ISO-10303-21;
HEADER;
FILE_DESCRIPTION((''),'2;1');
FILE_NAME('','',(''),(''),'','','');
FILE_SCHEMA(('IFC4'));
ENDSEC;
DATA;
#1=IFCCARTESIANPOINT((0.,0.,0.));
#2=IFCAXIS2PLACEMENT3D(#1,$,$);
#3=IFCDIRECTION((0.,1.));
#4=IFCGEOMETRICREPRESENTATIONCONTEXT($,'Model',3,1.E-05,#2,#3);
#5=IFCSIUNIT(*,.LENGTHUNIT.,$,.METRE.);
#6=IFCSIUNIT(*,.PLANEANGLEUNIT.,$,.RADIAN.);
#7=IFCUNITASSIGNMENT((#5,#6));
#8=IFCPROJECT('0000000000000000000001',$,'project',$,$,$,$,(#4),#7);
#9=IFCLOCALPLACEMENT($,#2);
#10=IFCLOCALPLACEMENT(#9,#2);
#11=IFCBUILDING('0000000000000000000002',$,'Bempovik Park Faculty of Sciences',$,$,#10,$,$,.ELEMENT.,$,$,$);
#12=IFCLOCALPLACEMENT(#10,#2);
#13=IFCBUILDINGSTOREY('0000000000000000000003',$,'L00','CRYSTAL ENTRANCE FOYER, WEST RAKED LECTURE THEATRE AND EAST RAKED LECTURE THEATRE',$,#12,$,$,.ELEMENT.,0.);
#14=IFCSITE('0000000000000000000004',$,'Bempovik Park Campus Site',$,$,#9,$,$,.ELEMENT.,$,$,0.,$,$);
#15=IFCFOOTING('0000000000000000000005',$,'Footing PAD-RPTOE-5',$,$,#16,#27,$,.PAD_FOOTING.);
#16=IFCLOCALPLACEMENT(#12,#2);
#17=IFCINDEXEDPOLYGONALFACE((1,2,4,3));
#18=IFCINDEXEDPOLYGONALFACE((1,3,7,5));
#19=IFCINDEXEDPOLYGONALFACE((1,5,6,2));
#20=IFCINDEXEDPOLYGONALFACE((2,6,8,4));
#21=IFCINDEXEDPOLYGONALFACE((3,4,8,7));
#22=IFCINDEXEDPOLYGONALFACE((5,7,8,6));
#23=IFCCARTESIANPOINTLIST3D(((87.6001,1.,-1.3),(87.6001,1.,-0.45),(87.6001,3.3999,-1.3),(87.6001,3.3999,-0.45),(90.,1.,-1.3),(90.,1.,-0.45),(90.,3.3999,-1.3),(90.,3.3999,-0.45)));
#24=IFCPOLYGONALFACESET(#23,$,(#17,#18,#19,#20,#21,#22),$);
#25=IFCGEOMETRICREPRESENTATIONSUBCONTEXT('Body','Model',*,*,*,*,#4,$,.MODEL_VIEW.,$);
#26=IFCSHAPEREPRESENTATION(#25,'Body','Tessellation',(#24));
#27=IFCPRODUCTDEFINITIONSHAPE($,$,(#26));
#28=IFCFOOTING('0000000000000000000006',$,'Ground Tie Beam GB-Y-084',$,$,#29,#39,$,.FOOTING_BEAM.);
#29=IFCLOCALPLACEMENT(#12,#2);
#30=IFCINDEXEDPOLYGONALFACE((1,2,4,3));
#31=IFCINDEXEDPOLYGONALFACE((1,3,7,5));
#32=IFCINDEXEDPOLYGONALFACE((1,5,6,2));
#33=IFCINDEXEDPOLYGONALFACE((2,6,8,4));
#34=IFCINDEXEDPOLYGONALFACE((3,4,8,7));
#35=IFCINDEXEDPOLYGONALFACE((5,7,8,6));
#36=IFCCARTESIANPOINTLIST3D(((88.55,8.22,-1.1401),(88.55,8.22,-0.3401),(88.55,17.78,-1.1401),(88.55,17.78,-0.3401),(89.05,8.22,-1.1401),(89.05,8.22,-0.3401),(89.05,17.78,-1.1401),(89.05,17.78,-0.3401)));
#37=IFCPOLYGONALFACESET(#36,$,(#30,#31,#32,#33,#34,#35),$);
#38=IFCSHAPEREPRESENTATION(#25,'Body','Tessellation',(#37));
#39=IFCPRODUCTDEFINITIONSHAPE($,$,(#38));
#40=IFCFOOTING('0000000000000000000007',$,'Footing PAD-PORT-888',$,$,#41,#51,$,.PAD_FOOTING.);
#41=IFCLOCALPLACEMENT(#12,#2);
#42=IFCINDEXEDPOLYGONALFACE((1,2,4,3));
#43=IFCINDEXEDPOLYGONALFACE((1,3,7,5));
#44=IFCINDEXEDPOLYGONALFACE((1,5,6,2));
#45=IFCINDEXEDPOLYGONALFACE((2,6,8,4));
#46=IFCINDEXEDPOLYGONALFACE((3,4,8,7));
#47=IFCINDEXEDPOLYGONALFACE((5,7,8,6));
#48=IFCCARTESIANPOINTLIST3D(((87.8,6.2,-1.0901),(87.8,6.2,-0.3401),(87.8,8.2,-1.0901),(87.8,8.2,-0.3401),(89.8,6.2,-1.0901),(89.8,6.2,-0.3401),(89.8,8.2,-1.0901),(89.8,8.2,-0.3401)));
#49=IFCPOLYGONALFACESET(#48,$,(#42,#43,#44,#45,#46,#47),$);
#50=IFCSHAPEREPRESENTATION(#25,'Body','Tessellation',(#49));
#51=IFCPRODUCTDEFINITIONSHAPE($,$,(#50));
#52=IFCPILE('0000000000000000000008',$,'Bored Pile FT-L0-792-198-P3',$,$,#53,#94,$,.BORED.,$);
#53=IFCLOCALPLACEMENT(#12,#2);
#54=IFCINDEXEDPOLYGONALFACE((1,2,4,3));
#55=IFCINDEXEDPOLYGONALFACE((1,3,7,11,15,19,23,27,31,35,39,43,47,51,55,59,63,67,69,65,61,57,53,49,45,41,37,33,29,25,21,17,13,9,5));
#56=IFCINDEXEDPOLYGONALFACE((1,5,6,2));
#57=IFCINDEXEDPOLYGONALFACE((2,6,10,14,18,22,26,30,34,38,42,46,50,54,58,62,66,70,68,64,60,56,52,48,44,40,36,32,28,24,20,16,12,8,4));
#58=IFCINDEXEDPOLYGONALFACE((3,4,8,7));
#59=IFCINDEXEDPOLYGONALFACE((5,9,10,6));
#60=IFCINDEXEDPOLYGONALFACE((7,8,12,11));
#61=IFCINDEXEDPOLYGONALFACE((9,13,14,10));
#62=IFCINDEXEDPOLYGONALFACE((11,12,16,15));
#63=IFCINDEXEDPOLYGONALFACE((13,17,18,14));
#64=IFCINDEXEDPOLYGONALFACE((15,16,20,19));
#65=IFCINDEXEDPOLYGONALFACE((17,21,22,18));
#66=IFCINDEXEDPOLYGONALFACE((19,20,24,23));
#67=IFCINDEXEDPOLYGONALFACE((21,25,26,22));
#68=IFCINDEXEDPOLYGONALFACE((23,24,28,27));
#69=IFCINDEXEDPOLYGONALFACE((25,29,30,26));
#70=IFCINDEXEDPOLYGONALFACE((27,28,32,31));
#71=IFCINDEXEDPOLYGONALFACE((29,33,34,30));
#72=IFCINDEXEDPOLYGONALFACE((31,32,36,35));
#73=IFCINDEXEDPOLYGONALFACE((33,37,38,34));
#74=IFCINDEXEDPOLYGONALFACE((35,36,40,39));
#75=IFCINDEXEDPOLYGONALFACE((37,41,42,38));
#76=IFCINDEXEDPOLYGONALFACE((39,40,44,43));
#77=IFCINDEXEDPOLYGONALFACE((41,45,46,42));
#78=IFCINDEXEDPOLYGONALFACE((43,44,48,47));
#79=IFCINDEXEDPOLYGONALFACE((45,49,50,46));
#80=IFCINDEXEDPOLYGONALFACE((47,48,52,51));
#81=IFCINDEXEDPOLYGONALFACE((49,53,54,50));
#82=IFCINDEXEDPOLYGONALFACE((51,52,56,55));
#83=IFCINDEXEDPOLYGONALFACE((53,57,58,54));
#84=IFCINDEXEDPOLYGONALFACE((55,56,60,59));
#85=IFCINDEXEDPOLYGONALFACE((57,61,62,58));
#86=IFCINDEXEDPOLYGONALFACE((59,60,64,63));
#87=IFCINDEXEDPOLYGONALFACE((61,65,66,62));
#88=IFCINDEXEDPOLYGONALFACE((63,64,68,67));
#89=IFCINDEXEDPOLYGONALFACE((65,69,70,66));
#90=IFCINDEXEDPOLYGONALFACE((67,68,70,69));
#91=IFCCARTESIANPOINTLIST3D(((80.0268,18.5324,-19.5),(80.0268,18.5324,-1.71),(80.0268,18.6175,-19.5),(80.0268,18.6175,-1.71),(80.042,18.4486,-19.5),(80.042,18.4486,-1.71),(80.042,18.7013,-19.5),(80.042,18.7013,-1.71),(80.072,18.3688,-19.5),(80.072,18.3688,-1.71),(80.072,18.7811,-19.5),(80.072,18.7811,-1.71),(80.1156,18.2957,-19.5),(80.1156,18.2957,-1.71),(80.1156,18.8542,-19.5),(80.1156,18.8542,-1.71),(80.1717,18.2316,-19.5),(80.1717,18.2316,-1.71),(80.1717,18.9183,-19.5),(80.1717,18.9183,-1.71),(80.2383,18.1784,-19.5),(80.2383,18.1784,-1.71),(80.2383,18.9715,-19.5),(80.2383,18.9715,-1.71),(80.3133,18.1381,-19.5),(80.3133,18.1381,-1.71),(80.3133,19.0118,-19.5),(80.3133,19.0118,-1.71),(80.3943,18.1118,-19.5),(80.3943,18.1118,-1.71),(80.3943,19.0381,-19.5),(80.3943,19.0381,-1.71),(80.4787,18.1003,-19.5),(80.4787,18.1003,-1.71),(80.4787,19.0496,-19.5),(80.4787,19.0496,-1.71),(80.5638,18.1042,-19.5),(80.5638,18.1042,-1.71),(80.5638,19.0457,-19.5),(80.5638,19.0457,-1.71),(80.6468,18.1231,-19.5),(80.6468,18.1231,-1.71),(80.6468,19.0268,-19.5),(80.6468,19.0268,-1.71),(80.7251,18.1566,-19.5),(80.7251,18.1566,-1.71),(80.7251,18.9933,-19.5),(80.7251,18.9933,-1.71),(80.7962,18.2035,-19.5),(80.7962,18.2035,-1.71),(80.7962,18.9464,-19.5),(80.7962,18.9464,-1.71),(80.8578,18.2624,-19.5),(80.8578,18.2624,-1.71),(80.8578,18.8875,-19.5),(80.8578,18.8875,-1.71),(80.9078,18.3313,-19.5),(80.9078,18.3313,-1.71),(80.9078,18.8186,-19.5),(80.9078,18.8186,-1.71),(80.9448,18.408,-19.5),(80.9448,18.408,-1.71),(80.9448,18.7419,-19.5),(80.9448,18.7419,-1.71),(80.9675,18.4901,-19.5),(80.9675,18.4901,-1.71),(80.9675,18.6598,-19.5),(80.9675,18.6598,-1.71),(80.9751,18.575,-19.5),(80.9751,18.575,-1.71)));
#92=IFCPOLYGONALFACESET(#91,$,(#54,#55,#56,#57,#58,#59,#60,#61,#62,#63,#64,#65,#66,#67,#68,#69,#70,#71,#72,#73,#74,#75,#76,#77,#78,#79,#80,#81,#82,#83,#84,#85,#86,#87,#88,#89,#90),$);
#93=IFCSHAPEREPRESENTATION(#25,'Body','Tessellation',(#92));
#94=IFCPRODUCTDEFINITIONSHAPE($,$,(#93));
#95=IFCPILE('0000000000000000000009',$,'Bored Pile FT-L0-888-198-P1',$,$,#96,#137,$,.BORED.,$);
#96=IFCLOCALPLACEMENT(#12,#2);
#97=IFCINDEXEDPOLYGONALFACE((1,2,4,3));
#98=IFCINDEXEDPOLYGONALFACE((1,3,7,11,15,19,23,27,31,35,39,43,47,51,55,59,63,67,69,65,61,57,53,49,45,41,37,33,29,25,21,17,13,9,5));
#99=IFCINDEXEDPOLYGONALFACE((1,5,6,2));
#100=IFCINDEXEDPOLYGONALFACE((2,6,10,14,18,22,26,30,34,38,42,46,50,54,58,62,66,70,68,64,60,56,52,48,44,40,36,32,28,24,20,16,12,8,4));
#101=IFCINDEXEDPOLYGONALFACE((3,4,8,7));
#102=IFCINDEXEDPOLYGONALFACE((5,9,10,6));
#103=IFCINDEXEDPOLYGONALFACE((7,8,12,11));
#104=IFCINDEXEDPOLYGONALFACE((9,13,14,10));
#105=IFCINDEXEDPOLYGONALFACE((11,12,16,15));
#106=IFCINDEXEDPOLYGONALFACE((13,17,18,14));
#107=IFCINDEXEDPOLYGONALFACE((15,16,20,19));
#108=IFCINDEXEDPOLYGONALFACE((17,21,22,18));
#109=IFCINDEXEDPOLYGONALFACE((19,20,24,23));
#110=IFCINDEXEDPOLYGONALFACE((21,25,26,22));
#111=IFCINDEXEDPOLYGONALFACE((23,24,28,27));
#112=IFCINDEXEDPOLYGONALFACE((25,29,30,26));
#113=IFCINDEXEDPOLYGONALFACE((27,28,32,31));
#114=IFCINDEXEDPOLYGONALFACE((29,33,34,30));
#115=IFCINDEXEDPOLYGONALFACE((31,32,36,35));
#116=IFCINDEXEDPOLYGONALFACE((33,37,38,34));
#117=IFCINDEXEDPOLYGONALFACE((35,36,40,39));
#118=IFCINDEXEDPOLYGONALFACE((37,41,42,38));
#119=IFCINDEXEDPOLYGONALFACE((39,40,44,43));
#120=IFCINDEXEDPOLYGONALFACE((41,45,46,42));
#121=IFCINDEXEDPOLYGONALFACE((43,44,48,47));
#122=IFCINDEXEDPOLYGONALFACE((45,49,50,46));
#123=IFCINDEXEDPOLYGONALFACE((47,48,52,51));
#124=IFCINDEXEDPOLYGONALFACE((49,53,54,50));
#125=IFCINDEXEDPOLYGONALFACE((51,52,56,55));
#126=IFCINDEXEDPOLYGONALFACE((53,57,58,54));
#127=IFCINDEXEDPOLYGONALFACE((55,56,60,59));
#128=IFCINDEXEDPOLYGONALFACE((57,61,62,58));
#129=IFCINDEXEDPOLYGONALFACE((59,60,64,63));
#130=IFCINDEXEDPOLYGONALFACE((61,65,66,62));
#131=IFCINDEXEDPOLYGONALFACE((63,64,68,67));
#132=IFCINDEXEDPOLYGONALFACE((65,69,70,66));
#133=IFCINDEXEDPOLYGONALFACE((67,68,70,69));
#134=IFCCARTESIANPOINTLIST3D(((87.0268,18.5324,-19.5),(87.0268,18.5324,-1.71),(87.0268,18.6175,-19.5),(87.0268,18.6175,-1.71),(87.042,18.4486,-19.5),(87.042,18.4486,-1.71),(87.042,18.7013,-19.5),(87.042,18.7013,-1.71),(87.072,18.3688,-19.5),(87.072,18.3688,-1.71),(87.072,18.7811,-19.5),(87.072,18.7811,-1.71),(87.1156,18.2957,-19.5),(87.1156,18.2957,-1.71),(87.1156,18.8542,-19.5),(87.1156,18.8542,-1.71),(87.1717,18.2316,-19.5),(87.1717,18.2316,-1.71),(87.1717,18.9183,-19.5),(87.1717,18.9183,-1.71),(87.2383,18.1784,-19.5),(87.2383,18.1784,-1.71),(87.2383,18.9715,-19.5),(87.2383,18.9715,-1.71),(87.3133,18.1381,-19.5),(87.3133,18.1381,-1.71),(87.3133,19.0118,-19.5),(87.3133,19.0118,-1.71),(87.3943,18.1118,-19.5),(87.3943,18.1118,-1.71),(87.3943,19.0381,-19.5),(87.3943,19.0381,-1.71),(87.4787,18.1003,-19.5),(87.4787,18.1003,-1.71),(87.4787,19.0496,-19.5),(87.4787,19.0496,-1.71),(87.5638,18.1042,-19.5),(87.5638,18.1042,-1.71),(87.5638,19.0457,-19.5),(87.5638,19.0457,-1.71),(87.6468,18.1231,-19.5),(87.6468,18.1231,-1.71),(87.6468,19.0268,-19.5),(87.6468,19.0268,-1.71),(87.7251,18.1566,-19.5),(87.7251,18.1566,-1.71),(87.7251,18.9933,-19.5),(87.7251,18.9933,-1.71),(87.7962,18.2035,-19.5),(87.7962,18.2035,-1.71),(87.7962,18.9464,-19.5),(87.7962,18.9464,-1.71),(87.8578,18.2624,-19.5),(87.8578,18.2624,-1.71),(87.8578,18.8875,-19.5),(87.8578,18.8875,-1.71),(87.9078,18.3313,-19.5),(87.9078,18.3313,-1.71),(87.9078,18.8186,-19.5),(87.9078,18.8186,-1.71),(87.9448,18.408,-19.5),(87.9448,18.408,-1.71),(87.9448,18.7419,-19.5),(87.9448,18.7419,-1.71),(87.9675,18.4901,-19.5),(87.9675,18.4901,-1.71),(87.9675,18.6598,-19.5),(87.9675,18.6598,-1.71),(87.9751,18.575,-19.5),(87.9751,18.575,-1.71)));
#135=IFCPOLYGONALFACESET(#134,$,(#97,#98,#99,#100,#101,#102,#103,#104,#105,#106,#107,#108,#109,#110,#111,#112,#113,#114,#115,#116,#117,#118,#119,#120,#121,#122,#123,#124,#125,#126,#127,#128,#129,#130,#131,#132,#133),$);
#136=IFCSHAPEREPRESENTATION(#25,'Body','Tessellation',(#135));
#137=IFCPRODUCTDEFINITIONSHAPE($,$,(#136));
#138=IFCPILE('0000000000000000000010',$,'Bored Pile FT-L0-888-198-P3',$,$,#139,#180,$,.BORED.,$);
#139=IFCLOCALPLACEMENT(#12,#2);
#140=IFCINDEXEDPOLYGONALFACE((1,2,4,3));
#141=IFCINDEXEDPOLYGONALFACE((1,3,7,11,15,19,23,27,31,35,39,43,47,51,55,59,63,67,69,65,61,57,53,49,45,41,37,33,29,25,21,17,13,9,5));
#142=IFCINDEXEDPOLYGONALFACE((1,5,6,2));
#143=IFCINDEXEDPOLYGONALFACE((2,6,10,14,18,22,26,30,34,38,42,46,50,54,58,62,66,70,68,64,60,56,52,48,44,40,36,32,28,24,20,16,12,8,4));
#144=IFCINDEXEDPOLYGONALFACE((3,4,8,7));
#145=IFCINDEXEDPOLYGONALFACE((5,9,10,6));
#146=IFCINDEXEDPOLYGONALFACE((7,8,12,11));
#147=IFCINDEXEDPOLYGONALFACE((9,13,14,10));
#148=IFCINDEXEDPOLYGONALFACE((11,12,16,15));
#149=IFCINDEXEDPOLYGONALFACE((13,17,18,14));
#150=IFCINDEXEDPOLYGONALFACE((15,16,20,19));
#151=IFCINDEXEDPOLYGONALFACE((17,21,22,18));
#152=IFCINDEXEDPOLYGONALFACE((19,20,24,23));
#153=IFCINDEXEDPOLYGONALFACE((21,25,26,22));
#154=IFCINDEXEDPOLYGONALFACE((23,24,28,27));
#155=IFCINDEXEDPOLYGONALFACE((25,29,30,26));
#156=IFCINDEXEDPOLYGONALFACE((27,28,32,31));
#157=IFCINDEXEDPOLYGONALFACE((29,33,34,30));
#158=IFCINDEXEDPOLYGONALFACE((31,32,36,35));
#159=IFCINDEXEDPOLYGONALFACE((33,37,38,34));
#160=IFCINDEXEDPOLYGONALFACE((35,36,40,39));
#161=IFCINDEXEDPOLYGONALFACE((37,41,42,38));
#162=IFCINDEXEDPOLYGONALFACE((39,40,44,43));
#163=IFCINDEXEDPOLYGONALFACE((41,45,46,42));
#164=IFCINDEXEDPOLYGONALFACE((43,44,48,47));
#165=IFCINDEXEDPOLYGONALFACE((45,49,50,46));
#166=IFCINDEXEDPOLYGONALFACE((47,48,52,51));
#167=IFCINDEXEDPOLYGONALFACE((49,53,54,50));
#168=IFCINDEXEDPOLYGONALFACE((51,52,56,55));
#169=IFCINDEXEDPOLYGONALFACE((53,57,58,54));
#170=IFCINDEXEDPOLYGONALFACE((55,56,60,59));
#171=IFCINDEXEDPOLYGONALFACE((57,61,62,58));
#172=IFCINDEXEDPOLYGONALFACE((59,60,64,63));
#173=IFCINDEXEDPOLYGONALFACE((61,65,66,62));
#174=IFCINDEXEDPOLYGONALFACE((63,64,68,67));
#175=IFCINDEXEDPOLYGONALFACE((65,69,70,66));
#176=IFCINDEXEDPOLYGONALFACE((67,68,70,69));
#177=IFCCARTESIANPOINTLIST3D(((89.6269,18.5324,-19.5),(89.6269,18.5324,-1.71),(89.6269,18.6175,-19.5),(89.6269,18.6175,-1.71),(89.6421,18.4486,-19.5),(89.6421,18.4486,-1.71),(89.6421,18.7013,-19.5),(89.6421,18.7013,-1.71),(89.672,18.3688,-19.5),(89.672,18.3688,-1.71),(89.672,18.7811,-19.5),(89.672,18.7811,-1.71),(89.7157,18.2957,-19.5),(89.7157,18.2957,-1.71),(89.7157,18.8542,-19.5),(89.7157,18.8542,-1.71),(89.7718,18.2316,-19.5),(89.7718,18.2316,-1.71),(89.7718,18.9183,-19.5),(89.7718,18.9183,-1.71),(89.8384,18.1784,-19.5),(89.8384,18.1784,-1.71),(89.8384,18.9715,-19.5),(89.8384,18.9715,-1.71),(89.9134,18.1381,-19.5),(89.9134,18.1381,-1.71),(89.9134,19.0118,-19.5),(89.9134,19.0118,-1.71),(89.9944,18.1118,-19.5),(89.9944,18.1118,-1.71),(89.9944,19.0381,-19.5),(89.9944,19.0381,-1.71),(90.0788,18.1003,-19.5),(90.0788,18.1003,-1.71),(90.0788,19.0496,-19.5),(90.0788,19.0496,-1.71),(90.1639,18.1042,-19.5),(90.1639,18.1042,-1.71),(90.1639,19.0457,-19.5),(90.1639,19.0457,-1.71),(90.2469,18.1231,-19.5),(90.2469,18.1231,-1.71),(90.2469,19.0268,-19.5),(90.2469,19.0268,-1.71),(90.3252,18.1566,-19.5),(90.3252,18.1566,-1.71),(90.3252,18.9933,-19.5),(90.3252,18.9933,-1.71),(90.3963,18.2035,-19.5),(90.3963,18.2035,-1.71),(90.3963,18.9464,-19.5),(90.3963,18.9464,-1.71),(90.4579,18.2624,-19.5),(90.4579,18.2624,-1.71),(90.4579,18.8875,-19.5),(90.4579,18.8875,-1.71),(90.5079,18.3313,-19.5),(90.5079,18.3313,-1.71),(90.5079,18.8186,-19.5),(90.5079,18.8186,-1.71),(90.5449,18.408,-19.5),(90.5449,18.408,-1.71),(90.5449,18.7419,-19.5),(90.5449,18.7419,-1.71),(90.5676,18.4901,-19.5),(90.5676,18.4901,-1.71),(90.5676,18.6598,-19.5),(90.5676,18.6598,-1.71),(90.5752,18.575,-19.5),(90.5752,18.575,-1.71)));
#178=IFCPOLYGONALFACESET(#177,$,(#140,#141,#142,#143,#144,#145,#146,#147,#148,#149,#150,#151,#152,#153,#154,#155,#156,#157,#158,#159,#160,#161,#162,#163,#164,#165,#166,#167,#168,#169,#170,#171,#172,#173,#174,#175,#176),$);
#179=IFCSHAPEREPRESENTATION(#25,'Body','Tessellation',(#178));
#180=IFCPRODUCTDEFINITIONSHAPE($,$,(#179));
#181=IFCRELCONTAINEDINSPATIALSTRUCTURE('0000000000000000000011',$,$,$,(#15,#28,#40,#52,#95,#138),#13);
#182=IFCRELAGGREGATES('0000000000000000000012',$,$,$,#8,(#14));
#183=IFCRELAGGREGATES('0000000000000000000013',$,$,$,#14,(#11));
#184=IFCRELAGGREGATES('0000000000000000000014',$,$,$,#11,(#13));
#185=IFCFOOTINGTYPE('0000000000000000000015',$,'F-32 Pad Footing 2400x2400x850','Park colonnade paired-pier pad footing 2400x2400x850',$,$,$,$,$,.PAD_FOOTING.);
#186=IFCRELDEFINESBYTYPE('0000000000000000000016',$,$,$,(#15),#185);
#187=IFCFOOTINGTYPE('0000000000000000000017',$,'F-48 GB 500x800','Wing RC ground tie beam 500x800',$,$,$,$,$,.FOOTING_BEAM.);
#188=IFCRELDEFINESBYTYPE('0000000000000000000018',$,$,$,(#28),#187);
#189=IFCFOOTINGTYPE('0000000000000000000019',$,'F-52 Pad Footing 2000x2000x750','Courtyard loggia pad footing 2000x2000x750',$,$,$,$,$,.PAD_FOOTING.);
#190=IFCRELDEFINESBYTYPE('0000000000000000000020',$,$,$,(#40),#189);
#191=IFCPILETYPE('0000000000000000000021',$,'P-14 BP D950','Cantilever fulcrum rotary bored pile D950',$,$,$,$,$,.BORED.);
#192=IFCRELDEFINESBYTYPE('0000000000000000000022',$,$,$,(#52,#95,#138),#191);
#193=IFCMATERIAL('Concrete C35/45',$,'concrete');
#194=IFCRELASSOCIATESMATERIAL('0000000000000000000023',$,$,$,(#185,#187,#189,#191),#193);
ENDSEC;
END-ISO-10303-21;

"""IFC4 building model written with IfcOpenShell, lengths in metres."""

from ifc_helpers import new_model, si_unit, direction, frame, origin, origin_2d, place, context, subcontext, project, spatial, rectangle, circle, extrude, material, material_profile, profile_set, type_object, element, save


model = new_model("IFC4")

# Units and contexts
model_context = context("Model", 3, precision=1e-05, world=origin(), true_north=direction((0.0, 1.0)))
body_context = subcontext(model_context, "Body", "Model", "MODEL_VIEW")
ifc_project = project(units=[si_unit("LENGTHUNIT", "METRE"), si_unit("PLANEANGLEUNIT", "RADIAN")], contexts=[model_context])

# Site, building, storey
site_placement = place(None, origin())
site = spatial("IfcSite", under=ifc_project, at=site_placement, Name="Bempovik Park Campus Site", CompositionType="ELEMENT", RefElevation=0.0)
building_placement = place(site_placement, origin())
building = spatial("IfcBuilding", under=site, at=building_placement, Name="Bempovik Park Faculty of Sciences", CompositionType="ELEMENT")
storey_placement = place(building_placement, origin())
storey = spatial("IfcBuildingStorey", under=building, at=storey_placement, Name="L00", Description="CRYSTAL ENTRANCE FOYER, WEST RAKED LECTURE THEATRE AND EAST RAKED LECTURE THEATRE", CompositionType="ELEMENT", Elevation=0.0)

# Footings
ifc_material_1 = material(Name="Concrete C35/45", Category="concrete")
footing_type_1 = type_object("IfcFootingType", Name="F-32 Pad Footing 2400x2400x850", Description="Park colonnade paired-pier pad footing 2400x2400x850", PredefinedType="PAD_FOOTING", material=ifc_material_1)
footing_1_placement = place(storey_placement, frame((88.8, 2.2, -1.3), z_axis=(0.0, 0.0, 1.0), x_axis=(1.0, 0.0, 0.0)))
element("IfcFooting", 1, at=footing_1_placement, inside=storey, type_object=footing_type_1, Name="Footing PAD-RPTOE-5", PredefinedType="PAD_FOOTING", context=body_context, shape_type="SweptSolid", body=[
    extrude(rectangle(XDim=2.3999, YDim=2.3999, at=origin_2d()), origin(), (0.0, 0.0, 1.0), 0.8501),
])
footing_type_2 = type_object("IfcFootingType", Name="F-48 GB 500x800", Description="Wing RC ground tie beam 500x800", PredefinedType="FOOTING_BEAM", material=ifc_material_1)
footing_2_placement = place(storey_placement, frame((88.8, 13.0, -1.1401), z_axis=(0.0, 0.0, 1.0), x_axis=(1.0, 0.0, 0.0)))
element("IfcFooting", 2, at=footing_2_placement, inside=storey, type_object=footing_type_2, Name="Ground Tie Beam GB-Y-084", PredefinedType="FOOTING_BEAM", context=body_context, shape_type="SweptSolid", body=[
    extrude(rectangle(XDim=0.5, YDim=9.5601, at=origin_2d()), origin(), (0.0, 0.0, 1.0), 0.8),
])
footing_type_3 = type_object("IfcFootingType", Name="F-52 Pad Footing 2000x2000x750", Description="Courtyard loggia pad footing 2000x2000x750", PredefinedType="PAD_FOOTING", material=ifc_material_1)
footing_3_placement = place(storey_placement, frame((88.8, 7.2, -1.0901), z_axis=(0.0, 0.0, 1.0), x_axis=(1.0, 0.0, 0.0)))
element("IfcFooting", 3, at=footing_3_placement, inside=storey, type_object=footing_type_3, Name="Footing PAD-PORT-888", PredefinedType="PAD_FOOTING", context=body_context, shape_type="SweptSolid", body=[
    extrude(rectangle(XDim=2.0, YDim=2.0, at=origin_2d()), origin(), (0.0, 0.0, 1.0), 0.75),
])

# Piles
ifc_material_profile_1 = material_profile(ifc_material_1, circle(Radius=0.4751, at=origin_2d()), Name="BP D950")
ifc_profile_set_1 = profile_set([ifc_material_profile_1], Name="Concrete C35/45")
pile_type = type_object("IfcPileType", Name="P-14 BP D950", Description="Cantilever fulcrum rotary bored pile D950", PredefinedType="BORED", material=ifc_profile_set_1)
for number, where, z_axis, x_axis, name in (
    (4, (80.5, 18.575, -1.71), (0.0, 0.0, -1.0), (1.0, 0.0, 0.0), "Bored Pile FT-L0-792-198-P3"),
    (5, (87.5, 18.575, -1.71), (0.0, 0.0, -1.0), (1.0, 0.0, 0.0), "Bored Pile FT-L0-888-198-P1"),
    (6, (90.1001, 18.575, -1.71), (0.0, 0.0, -1.0), (1.0, 0.0, 0.0), "Bored Pile FT-L0-888-198-P3"),
):
    element("IfcPile", number, at=place(storey_placement, frame(where, z_axis=z_axis, x_axis=x_axis)), inside=storey, type_object=pile_type, Name=name, PredefinedType="BORED", context=body_context, shape_type="SweptSolid", body=[
        extrude(circle(Radius=0.4751, at=origin_2d()), origin(), (0.0, 0.0, 1.0), 17.79),
    ])

save(model, "model.ifc")
